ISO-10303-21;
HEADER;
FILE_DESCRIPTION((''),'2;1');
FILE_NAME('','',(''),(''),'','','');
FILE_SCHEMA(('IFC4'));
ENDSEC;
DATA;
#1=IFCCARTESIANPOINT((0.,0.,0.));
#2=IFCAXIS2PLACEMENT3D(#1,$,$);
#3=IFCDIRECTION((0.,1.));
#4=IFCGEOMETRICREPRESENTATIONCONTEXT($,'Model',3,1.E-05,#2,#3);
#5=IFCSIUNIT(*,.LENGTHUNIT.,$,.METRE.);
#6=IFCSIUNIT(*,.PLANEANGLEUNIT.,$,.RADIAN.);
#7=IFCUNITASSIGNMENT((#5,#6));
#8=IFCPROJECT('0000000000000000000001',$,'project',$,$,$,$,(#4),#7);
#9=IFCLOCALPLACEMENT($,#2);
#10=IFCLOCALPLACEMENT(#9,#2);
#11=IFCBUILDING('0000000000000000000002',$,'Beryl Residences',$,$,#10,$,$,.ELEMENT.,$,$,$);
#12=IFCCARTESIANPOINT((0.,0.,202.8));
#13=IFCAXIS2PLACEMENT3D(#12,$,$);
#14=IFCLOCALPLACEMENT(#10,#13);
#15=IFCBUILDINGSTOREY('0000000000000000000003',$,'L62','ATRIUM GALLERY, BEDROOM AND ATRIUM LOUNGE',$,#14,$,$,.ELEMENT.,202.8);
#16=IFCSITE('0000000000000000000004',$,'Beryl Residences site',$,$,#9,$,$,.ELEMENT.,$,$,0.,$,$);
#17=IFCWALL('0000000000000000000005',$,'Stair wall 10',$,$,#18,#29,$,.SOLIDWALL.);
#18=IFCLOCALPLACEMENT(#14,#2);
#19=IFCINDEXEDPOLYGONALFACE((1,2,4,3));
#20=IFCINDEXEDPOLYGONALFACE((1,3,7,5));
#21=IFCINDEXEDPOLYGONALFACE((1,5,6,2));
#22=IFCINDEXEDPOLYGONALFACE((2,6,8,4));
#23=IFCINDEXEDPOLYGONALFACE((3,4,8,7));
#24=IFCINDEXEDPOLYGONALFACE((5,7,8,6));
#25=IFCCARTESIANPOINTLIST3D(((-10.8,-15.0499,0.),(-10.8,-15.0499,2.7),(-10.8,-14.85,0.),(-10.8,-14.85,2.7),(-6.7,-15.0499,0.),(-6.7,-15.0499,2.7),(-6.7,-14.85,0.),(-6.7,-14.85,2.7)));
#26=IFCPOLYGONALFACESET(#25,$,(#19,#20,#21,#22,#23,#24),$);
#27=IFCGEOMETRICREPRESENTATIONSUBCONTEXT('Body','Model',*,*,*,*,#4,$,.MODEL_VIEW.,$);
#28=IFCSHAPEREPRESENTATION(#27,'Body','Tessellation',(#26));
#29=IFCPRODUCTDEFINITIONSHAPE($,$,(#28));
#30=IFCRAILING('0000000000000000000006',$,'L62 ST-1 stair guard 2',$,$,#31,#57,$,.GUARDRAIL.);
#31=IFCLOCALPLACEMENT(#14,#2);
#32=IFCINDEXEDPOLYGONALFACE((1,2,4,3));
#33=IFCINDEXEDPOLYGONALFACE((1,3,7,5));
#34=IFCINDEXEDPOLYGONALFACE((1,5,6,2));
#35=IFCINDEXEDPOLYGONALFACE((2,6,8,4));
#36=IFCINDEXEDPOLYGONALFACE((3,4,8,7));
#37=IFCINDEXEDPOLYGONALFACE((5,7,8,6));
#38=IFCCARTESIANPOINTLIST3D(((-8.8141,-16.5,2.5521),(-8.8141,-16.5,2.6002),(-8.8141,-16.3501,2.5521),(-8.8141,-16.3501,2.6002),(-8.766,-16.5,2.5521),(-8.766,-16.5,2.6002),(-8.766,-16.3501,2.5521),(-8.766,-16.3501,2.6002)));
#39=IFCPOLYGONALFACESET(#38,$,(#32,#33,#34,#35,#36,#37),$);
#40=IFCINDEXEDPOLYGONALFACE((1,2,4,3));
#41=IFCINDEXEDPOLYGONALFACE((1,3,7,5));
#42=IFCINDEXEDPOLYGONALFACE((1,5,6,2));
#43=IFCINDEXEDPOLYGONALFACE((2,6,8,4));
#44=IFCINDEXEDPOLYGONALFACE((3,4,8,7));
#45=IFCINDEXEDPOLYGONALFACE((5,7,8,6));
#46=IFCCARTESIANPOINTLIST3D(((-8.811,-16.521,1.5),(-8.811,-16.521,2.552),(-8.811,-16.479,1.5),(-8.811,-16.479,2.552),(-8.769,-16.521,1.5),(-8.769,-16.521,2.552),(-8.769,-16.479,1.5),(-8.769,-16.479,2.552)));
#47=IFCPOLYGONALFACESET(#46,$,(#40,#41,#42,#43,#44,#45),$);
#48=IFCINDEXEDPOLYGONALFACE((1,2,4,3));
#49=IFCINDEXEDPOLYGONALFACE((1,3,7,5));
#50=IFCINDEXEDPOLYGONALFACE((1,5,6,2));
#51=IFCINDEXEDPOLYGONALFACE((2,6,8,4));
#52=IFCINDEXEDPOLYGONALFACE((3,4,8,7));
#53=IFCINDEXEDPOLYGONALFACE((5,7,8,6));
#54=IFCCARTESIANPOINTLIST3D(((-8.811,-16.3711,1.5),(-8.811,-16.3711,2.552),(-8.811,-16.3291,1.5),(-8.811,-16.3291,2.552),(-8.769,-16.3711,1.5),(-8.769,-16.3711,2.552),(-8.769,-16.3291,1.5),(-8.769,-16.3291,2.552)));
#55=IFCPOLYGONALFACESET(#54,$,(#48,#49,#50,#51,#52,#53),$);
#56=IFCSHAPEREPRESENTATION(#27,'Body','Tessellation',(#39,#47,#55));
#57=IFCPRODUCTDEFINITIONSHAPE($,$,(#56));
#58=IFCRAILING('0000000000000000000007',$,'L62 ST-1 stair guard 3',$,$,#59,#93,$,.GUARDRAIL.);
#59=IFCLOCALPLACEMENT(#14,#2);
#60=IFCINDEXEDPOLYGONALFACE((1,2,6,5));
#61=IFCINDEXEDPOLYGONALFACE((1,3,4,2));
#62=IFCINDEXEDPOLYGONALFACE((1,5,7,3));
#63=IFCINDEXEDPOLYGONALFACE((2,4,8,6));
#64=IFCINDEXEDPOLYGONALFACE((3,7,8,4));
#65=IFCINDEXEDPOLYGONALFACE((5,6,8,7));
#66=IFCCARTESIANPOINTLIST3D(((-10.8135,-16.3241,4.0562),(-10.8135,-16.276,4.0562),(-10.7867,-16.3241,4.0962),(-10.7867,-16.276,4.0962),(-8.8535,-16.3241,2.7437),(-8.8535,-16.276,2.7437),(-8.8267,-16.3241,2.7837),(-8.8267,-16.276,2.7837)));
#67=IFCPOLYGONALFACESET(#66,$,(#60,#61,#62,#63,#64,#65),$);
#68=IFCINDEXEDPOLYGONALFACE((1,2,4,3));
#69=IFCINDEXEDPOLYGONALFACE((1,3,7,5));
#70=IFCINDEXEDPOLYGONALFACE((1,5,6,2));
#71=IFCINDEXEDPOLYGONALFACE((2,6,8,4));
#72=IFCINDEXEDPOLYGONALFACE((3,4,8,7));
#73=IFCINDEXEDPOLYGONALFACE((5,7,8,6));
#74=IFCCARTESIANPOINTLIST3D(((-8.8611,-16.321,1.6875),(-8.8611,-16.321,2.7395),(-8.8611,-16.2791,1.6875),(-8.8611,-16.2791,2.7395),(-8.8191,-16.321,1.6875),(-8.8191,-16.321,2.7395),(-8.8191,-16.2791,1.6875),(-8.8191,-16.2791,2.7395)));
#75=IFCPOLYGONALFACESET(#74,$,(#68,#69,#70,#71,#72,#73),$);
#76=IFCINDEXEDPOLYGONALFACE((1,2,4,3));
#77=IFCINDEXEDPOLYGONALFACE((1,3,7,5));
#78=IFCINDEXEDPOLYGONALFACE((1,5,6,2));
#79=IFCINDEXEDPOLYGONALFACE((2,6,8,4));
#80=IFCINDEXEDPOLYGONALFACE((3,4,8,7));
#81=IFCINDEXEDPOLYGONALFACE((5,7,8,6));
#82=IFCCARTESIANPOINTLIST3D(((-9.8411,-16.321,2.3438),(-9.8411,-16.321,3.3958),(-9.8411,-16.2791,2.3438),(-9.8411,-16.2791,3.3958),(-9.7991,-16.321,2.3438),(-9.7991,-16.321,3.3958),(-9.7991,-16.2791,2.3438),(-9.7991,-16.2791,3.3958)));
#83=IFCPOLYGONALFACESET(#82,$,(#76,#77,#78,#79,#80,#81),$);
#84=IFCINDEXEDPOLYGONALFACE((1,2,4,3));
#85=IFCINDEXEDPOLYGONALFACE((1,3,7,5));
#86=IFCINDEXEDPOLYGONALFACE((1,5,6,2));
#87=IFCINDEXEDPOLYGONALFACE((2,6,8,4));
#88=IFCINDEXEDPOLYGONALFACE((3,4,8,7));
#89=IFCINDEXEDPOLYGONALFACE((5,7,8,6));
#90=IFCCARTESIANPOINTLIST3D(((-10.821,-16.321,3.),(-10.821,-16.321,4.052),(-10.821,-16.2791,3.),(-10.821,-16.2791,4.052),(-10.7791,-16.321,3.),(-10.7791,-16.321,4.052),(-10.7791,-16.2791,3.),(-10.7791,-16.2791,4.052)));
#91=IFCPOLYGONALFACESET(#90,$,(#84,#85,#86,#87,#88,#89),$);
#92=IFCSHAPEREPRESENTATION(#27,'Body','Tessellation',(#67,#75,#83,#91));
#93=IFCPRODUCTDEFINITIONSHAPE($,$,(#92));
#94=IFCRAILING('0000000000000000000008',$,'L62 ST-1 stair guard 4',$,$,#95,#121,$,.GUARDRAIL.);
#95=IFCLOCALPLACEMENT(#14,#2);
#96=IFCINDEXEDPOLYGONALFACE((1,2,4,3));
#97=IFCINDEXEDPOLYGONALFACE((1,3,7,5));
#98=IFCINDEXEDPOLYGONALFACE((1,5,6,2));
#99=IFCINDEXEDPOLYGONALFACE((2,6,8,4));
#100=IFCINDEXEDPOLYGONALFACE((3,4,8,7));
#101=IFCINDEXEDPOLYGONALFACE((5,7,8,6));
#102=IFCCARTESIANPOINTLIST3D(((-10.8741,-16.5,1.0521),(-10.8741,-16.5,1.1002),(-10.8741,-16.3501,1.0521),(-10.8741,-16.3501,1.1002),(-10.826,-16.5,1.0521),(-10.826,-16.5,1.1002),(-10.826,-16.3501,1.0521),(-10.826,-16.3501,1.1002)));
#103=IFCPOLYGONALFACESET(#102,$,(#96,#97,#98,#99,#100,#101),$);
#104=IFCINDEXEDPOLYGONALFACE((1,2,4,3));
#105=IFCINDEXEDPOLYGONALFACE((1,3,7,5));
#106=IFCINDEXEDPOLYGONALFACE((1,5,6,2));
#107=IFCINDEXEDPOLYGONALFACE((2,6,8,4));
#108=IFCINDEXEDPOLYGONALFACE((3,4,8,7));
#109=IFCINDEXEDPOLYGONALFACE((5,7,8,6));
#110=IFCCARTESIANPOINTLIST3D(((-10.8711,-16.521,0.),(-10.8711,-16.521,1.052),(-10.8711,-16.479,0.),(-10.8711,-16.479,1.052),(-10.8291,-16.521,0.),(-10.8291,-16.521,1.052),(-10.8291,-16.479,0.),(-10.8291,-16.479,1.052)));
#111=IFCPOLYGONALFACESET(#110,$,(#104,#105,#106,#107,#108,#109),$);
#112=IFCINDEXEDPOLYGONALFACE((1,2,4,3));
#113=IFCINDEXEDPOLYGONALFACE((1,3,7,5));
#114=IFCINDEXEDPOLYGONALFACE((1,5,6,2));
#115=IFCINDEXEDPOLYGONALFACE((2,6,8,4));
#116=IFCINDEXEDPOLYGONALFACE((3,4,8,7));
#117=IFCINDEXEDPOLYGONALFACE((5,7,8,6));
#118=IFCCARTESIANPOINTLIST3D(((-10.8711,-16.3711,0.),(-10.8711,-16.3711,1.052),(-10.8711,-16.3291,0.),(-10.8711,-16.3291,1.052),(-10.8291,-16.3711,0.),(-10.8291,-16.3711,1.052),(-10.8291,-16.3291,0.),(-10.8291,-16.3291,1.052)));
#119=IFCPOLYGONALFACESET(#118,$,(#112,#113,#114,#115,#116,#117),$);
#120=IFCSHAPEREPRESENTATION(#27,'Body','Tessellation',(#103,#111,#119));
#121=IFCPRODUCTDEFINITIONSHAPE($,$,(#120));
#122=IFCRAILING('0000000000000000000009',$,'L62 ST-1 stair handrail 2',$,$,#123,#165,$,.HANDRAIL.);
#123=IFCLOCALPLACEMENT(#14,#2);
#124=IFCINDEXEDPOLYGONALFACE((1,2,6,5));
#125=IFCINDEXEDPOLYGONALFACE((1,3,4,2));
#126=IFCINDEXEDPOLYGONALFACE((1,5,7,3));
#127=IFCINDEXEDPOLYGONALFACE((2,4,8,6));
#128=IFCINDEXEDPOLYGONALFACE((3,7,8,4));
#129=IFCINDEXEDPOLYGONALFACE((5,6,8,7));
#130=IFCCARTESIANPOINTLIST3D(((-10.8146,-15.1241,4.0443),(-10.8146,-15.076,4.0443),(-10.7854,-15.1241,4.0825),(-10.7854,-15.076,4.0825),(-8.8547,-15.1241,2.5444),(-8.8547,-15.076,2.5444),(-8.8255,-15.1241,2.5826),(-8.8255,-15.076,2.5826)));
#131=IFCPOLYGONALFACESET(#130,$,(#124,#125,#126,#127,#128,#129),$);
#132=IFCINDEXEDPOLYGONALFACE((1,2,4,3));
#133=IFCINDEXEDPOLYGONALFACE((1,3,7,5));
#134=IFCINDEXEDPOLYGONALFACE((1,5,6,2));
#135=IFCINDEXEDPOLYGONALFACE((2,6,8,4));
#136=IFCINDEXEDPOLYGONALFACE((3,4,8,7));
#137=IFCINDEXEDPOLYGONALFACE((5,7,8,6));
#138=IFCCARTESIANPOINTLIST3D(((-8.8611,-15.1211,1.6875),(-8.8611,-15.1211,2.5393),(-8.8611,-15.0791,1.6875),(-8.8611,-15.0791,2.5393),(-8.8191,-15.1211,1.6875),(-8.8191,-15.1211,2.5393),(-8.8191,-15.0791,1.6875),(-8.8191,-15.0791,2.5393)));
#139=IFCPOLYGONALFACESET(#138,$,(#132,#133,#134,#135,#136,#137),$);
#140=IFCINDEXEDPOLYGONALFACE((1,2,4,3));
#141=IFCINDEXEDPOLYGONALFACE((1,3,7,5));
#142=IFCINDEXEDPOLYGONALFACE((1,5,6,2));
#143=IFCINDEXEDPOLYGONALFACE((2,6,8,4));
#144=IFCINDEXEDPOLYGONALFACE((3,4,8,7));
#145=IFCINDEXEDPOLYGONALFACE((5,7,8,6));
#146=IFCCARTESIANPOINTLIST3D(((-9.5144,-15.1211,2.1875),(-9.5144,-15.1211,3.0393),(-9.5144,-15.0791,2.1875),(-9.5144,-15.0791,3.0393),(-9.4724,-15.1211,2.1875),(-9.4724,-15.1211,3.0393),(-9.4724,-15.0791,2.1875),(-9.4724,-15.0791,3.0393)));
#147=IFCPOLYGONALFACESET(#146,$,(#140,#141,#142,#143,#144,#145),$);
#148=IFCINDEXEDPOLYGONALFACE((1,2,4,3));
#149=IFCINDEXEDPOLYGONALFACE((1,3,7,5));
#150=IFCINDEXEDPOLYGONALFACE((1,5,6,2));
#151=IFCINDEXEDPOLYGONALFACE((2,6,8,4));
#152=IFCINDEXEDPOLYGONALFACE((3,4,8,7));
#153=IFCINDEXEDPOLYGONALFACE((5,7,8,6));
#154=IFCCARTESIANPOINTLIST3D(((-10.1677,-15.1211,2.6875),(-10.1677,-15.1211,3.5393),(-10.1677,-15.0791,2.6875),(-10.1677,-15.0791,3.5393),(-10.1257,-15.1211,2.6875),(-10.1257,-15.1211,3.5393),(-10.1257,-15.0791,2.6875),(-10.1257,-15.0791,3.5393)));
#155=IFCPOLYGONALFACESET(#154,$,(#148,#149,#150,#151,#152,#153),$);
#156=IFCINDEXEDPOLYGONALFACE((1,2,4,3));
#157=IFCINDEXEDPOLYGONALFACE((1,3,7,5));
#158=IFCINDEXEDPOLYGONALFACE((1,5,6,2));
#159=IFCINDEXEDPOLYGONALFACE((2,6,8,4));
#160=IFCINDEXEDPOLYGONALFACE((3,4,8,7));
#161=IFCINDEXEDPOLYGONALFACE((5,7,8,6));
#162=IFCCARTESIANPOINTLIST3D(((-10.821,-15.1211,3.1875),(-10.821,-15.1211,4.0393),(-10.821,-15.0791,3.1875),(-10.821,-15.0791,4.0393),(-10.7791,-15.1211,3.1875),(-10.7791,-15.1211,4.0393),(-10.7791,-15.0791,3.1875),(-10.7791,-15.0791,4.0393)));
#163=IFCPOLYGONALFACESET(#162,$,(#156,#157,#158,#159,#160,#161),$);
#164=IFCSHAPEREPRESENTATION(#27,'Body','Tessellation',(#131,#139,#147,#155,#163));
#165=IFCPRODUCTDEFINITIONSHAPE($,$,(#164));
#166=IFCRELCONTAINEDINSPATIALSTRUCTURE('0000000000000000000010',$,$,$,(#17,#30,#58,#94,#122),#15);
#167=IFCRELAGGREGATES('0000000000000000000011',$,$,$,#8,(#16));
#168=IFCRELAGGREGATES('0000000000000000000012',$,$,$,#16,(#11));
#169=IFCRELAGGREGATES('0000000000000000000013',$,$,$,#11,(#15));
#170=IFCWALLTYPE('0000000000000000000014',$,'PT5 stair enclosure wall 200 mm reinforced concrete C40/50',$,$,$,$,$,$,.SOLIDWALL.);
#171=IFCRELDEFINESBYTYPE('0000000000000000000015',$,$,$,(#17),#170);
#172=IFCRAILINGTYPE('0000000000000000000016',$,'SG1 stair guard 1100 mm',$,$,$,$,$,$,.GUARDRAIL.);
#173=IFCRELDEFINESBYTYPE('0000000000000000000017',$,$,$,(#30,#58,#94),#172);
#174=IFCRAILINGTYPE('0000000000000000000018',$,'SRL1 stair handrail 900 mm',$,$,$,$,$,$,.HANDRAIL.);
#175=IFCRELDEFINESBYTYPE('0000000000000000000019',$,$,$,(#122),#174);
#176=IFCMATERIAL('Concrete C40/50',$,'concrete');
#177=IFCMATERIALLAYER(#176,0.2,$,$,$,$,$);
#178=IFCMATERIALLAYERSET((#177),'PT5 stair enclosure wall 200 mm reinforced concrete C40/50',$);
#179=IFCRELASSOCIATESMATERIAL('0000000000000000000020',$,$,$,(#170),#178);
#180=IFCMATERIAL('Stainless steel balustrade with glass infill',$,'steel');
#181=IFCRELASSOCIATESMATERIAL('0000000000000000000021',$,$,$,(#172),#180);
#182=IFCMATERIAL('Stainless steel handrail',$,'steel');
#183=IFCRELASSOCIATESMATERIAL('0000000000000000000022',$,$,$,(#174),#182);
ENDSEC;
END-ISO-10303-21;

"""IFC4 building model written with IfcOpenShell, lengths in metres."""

from ifc_helpers import new_model, si_unit, direction, frame, frame_2d, origin, origin_2d, place, context, subcontext, project, spatial, rectangle, extrude, material, layer, layer_set, type_object, element, save


model = new_model("IFC4")

# Units and contexts
model_context = context("Model", 3, precision=1e-05, world=origin(), true_north=direction((0.0, 1.0)))
body_context = subcontext(model_context, "Body", "Model", "MODEL_VIEW")
ifc_project = project(units=[si_unit("LENGTHUNIT", "METRE"), si_unit("PLANEANGLEUNIT", "RADIAN")], contexts=[model_context])

# Site, building, storey
site_placement = place(None, origin())
site = spatial("IfcSite", under=ifc_project, at=site_placement, Name="Beryl Residences site", CompositionType="ELEMENT", RefElevation=0.0)
building_placement = place(site_placement, origin())
building = spatial("IfcBuilding", under=site, at=building_placement, Name="Beryl Residences", CompositionType="ELEMENT")
storey_placement = place(building_placement, frame((0.0, 0.0, 202.8)))
storey = spatial("IfcBuildingStorey", under=building, at=storey_placement, Name="L62", Description="ATRIUM GALLERY, BEDROOM AND ATRIUM LOUNGE", CompositionType="ELEMENT", Elevation=202.8)

# Wall
ifc_material_1 = material(Name="Concrete C40/50", Category="concrete")
ifc_layer = layer(ifc_material_1, 0.2)
ifc_layer_set = layer_set([ifc_layer], Name="PT5 stair enclosure wall 200 mm reinforced concrete C40/50")
wall_type = type_object("IfcWallType", Name="PT5 stair enclosure wall 200 mm reinforced concrete C40/50", PredefinedType="SOLIDWALL", material=ifc_layer_set)
wall_placement = place(storey_placement, frame((-10.8, -14.95, 0.0), z_axis=(0.0, 0.0, 1.0), x_axis=(1.0, 0.0, 0.0)))
element("IfcWall", 1, at=wall_placement, inside=storey, type_object=wall_type, Name="Stair wall 10", PredefinedType="SOLIDWALL", context=body_context, shape_type="SweptSolid", body=[
    extrude(rectangle(XDim=4.1001, YDim=0.2, at=frame_2d((2.05, 0.0))), origin(), (0.0, 0.0, 1.0), 2.7),
])

# Railings
ifc_material_2 = material(Name="Stainless steel balustrade with glass infill", Category="steel")
railing_type_1 = type_object("IfcRailingType", Name="SG1 stair guard 1100 mm", PredefinedType="GUARDRAIL", material=ifc_material_2)
railing_1_placement = place(storey_placement, frame((-8.79, -16.5, 1.5)))
element("IfcRailing", 2, at=railing_1_placement, inside=storey, type_object=railing_type_1, Name="L62 ST-1 stair guard 2", PredefinedType="GUARDRAIL", context=body_context, shape_type="SweptSolid", body=[
    extrude(rectangle(XDim=0.0481, YDim=0.0481, at=origin_2d()), frame((0.0, 0.0, 1.0762), z_axis=(0.0, 1.0, 0.0), x_axis=(-1.0, 0.0, 0.0)), (0.0, 0.0, 1.0), 0.1499),
    extrude(rectangle(XDim=0.042, YDim=0.042, at=origin_2d()), origin(), (0.0, 0.0, 1.0), 1.052),
    extrude(rectangle(XDim=0.042, YDim=0.042, at=origin_2d()), frame((0.0, 0.1499, 0.0)), (0.0, 0.0, 1.0), 1.052),
])
railing_2_placement = place(storey_placement, frame((-8.8401, -16.3, 1.6875)))
element("IfcRailing", 3, at=railing_2_placement, inside=storey, type_object=railing_type_1, Name="L62 ST-1 stair guard 3", PredefinedType="GUARDRAIL", context=body_context, shape_type="SweptSolid", body=[
    extrude(rectangle(XDim=0.0481, YDim=0.0481, at=origin_2d()), frame((0.0, 0.0, 1.0762), z_axis=(-0.830902, 0.0, 0.556419), x_axis=(0.0, -1.0, 0.0)), (0.0, 0.0, 1.0), 2.3589),
    extrude(rectangle(XDim=0.042, YDim=0.042, at=origin_2d()), origin(), (0.0, 0.0, 1.0), 1.052),
    extrude(rectangle(XDim=0.042, YDim=0.042, at=origin_2d()), frame((-0.98, 0.0, 0.6562)), (0.0, 0.0, 1.0), 1.052),
    extrude(rectangle(XDim=0.042, YDim=0.042, at=origin_2d()), frame((-1.96, 0.0, 1.3125)), (0.0, 0.0, 1.0), 1.052),
])
railing_3_placement = place(storey_placement, frame((-10.8501, -16.5, 0.0)))
element("IfcRailing", 4, at=railing_3_placement, inside=storey, type_object=railing_type_1, Name="L62 ST-1 stair guard 4", PredefinedType="GUARDRAIL", context=body_context, shape_type="SweptSolid", body=[
    extrude(rectangle(XDim=0.0481, YDim=0.0481, at=origin_2d()), frame((0.0, 0.0, 1.0762), z_axis=(0.0, 1.0, 0.0), x_axis=(-1.0, 0.0, 0.0)), (0.0, 0.0, 1.0), 0.1499),
    extrude(rectangle(XDim=0.042, YDim=0.042, at=origin_2d()), origin(), (0.0, 0.0, 1.0), 1.052),
    extrude(rectangle(XDim=0.042, YDim=0.042, at=origin_2d()), frame((0.0, 0.1499, 0.0)), (0.0, 0.0, 1.0), 1.052),
])
ifc_material_3 = material(Name="Stainless steel handrail", Category="steel")
railing_type_2 = type_object("IfcRailingType", Name="SRL1 stair handrail 900 mm", PredefinedType="HANDRAIL", material=ifc_material_3)
railing_4_placement = place(storey_placement, frame((-8.8401, -15.1001, 1.6875)))
element("IfcRailing", 5, at=railing_4_placement, inside=storey, type_object=railing_type_2, Name="L62 ST-1 stair handrail 2", PredefinedType="HANDRAIL", context=body_context, shape_type="SweptSolid", body=[
    extrude(rectangle(XDim=0.0481, YDim=0.0481, at=origin_2d()), frame((0.0, 0.0, 0.876), z_axis=(-0.794122, 0.0, 0.607758), x_axis=(0.0, -1.0, 0.0)), (0.0, 0.0, 1.0), 2.468),
    extrude(rectangle(XDim=0.042, YDim=0.042, at=origin_2d()), origin(), (0.0, 0.0, 1.0), 0.8518),
    extrude(rectangle(XDim=0.042, YDim=0.042, at=origin_2d()), frame((-0.6533, 0.0, 0.5)), (0.0, 0.0, 1.0), 0.8518),
    extrude(rectangle(XDim=0.042, YDim=0.042, at=origin_2d()), frame((-1.3066, 0.0, 1.0)), (0.0, 0.0, 1.0), 0.8518),
    extrude(rectangle(XDim=0.042, YDim=0.042, at=origin_2d()), frame((-1.96, 0.0, 1.5)), (0.0, 0.0, 1.0), 0.8518),
])

save(model, "model.ifc")
